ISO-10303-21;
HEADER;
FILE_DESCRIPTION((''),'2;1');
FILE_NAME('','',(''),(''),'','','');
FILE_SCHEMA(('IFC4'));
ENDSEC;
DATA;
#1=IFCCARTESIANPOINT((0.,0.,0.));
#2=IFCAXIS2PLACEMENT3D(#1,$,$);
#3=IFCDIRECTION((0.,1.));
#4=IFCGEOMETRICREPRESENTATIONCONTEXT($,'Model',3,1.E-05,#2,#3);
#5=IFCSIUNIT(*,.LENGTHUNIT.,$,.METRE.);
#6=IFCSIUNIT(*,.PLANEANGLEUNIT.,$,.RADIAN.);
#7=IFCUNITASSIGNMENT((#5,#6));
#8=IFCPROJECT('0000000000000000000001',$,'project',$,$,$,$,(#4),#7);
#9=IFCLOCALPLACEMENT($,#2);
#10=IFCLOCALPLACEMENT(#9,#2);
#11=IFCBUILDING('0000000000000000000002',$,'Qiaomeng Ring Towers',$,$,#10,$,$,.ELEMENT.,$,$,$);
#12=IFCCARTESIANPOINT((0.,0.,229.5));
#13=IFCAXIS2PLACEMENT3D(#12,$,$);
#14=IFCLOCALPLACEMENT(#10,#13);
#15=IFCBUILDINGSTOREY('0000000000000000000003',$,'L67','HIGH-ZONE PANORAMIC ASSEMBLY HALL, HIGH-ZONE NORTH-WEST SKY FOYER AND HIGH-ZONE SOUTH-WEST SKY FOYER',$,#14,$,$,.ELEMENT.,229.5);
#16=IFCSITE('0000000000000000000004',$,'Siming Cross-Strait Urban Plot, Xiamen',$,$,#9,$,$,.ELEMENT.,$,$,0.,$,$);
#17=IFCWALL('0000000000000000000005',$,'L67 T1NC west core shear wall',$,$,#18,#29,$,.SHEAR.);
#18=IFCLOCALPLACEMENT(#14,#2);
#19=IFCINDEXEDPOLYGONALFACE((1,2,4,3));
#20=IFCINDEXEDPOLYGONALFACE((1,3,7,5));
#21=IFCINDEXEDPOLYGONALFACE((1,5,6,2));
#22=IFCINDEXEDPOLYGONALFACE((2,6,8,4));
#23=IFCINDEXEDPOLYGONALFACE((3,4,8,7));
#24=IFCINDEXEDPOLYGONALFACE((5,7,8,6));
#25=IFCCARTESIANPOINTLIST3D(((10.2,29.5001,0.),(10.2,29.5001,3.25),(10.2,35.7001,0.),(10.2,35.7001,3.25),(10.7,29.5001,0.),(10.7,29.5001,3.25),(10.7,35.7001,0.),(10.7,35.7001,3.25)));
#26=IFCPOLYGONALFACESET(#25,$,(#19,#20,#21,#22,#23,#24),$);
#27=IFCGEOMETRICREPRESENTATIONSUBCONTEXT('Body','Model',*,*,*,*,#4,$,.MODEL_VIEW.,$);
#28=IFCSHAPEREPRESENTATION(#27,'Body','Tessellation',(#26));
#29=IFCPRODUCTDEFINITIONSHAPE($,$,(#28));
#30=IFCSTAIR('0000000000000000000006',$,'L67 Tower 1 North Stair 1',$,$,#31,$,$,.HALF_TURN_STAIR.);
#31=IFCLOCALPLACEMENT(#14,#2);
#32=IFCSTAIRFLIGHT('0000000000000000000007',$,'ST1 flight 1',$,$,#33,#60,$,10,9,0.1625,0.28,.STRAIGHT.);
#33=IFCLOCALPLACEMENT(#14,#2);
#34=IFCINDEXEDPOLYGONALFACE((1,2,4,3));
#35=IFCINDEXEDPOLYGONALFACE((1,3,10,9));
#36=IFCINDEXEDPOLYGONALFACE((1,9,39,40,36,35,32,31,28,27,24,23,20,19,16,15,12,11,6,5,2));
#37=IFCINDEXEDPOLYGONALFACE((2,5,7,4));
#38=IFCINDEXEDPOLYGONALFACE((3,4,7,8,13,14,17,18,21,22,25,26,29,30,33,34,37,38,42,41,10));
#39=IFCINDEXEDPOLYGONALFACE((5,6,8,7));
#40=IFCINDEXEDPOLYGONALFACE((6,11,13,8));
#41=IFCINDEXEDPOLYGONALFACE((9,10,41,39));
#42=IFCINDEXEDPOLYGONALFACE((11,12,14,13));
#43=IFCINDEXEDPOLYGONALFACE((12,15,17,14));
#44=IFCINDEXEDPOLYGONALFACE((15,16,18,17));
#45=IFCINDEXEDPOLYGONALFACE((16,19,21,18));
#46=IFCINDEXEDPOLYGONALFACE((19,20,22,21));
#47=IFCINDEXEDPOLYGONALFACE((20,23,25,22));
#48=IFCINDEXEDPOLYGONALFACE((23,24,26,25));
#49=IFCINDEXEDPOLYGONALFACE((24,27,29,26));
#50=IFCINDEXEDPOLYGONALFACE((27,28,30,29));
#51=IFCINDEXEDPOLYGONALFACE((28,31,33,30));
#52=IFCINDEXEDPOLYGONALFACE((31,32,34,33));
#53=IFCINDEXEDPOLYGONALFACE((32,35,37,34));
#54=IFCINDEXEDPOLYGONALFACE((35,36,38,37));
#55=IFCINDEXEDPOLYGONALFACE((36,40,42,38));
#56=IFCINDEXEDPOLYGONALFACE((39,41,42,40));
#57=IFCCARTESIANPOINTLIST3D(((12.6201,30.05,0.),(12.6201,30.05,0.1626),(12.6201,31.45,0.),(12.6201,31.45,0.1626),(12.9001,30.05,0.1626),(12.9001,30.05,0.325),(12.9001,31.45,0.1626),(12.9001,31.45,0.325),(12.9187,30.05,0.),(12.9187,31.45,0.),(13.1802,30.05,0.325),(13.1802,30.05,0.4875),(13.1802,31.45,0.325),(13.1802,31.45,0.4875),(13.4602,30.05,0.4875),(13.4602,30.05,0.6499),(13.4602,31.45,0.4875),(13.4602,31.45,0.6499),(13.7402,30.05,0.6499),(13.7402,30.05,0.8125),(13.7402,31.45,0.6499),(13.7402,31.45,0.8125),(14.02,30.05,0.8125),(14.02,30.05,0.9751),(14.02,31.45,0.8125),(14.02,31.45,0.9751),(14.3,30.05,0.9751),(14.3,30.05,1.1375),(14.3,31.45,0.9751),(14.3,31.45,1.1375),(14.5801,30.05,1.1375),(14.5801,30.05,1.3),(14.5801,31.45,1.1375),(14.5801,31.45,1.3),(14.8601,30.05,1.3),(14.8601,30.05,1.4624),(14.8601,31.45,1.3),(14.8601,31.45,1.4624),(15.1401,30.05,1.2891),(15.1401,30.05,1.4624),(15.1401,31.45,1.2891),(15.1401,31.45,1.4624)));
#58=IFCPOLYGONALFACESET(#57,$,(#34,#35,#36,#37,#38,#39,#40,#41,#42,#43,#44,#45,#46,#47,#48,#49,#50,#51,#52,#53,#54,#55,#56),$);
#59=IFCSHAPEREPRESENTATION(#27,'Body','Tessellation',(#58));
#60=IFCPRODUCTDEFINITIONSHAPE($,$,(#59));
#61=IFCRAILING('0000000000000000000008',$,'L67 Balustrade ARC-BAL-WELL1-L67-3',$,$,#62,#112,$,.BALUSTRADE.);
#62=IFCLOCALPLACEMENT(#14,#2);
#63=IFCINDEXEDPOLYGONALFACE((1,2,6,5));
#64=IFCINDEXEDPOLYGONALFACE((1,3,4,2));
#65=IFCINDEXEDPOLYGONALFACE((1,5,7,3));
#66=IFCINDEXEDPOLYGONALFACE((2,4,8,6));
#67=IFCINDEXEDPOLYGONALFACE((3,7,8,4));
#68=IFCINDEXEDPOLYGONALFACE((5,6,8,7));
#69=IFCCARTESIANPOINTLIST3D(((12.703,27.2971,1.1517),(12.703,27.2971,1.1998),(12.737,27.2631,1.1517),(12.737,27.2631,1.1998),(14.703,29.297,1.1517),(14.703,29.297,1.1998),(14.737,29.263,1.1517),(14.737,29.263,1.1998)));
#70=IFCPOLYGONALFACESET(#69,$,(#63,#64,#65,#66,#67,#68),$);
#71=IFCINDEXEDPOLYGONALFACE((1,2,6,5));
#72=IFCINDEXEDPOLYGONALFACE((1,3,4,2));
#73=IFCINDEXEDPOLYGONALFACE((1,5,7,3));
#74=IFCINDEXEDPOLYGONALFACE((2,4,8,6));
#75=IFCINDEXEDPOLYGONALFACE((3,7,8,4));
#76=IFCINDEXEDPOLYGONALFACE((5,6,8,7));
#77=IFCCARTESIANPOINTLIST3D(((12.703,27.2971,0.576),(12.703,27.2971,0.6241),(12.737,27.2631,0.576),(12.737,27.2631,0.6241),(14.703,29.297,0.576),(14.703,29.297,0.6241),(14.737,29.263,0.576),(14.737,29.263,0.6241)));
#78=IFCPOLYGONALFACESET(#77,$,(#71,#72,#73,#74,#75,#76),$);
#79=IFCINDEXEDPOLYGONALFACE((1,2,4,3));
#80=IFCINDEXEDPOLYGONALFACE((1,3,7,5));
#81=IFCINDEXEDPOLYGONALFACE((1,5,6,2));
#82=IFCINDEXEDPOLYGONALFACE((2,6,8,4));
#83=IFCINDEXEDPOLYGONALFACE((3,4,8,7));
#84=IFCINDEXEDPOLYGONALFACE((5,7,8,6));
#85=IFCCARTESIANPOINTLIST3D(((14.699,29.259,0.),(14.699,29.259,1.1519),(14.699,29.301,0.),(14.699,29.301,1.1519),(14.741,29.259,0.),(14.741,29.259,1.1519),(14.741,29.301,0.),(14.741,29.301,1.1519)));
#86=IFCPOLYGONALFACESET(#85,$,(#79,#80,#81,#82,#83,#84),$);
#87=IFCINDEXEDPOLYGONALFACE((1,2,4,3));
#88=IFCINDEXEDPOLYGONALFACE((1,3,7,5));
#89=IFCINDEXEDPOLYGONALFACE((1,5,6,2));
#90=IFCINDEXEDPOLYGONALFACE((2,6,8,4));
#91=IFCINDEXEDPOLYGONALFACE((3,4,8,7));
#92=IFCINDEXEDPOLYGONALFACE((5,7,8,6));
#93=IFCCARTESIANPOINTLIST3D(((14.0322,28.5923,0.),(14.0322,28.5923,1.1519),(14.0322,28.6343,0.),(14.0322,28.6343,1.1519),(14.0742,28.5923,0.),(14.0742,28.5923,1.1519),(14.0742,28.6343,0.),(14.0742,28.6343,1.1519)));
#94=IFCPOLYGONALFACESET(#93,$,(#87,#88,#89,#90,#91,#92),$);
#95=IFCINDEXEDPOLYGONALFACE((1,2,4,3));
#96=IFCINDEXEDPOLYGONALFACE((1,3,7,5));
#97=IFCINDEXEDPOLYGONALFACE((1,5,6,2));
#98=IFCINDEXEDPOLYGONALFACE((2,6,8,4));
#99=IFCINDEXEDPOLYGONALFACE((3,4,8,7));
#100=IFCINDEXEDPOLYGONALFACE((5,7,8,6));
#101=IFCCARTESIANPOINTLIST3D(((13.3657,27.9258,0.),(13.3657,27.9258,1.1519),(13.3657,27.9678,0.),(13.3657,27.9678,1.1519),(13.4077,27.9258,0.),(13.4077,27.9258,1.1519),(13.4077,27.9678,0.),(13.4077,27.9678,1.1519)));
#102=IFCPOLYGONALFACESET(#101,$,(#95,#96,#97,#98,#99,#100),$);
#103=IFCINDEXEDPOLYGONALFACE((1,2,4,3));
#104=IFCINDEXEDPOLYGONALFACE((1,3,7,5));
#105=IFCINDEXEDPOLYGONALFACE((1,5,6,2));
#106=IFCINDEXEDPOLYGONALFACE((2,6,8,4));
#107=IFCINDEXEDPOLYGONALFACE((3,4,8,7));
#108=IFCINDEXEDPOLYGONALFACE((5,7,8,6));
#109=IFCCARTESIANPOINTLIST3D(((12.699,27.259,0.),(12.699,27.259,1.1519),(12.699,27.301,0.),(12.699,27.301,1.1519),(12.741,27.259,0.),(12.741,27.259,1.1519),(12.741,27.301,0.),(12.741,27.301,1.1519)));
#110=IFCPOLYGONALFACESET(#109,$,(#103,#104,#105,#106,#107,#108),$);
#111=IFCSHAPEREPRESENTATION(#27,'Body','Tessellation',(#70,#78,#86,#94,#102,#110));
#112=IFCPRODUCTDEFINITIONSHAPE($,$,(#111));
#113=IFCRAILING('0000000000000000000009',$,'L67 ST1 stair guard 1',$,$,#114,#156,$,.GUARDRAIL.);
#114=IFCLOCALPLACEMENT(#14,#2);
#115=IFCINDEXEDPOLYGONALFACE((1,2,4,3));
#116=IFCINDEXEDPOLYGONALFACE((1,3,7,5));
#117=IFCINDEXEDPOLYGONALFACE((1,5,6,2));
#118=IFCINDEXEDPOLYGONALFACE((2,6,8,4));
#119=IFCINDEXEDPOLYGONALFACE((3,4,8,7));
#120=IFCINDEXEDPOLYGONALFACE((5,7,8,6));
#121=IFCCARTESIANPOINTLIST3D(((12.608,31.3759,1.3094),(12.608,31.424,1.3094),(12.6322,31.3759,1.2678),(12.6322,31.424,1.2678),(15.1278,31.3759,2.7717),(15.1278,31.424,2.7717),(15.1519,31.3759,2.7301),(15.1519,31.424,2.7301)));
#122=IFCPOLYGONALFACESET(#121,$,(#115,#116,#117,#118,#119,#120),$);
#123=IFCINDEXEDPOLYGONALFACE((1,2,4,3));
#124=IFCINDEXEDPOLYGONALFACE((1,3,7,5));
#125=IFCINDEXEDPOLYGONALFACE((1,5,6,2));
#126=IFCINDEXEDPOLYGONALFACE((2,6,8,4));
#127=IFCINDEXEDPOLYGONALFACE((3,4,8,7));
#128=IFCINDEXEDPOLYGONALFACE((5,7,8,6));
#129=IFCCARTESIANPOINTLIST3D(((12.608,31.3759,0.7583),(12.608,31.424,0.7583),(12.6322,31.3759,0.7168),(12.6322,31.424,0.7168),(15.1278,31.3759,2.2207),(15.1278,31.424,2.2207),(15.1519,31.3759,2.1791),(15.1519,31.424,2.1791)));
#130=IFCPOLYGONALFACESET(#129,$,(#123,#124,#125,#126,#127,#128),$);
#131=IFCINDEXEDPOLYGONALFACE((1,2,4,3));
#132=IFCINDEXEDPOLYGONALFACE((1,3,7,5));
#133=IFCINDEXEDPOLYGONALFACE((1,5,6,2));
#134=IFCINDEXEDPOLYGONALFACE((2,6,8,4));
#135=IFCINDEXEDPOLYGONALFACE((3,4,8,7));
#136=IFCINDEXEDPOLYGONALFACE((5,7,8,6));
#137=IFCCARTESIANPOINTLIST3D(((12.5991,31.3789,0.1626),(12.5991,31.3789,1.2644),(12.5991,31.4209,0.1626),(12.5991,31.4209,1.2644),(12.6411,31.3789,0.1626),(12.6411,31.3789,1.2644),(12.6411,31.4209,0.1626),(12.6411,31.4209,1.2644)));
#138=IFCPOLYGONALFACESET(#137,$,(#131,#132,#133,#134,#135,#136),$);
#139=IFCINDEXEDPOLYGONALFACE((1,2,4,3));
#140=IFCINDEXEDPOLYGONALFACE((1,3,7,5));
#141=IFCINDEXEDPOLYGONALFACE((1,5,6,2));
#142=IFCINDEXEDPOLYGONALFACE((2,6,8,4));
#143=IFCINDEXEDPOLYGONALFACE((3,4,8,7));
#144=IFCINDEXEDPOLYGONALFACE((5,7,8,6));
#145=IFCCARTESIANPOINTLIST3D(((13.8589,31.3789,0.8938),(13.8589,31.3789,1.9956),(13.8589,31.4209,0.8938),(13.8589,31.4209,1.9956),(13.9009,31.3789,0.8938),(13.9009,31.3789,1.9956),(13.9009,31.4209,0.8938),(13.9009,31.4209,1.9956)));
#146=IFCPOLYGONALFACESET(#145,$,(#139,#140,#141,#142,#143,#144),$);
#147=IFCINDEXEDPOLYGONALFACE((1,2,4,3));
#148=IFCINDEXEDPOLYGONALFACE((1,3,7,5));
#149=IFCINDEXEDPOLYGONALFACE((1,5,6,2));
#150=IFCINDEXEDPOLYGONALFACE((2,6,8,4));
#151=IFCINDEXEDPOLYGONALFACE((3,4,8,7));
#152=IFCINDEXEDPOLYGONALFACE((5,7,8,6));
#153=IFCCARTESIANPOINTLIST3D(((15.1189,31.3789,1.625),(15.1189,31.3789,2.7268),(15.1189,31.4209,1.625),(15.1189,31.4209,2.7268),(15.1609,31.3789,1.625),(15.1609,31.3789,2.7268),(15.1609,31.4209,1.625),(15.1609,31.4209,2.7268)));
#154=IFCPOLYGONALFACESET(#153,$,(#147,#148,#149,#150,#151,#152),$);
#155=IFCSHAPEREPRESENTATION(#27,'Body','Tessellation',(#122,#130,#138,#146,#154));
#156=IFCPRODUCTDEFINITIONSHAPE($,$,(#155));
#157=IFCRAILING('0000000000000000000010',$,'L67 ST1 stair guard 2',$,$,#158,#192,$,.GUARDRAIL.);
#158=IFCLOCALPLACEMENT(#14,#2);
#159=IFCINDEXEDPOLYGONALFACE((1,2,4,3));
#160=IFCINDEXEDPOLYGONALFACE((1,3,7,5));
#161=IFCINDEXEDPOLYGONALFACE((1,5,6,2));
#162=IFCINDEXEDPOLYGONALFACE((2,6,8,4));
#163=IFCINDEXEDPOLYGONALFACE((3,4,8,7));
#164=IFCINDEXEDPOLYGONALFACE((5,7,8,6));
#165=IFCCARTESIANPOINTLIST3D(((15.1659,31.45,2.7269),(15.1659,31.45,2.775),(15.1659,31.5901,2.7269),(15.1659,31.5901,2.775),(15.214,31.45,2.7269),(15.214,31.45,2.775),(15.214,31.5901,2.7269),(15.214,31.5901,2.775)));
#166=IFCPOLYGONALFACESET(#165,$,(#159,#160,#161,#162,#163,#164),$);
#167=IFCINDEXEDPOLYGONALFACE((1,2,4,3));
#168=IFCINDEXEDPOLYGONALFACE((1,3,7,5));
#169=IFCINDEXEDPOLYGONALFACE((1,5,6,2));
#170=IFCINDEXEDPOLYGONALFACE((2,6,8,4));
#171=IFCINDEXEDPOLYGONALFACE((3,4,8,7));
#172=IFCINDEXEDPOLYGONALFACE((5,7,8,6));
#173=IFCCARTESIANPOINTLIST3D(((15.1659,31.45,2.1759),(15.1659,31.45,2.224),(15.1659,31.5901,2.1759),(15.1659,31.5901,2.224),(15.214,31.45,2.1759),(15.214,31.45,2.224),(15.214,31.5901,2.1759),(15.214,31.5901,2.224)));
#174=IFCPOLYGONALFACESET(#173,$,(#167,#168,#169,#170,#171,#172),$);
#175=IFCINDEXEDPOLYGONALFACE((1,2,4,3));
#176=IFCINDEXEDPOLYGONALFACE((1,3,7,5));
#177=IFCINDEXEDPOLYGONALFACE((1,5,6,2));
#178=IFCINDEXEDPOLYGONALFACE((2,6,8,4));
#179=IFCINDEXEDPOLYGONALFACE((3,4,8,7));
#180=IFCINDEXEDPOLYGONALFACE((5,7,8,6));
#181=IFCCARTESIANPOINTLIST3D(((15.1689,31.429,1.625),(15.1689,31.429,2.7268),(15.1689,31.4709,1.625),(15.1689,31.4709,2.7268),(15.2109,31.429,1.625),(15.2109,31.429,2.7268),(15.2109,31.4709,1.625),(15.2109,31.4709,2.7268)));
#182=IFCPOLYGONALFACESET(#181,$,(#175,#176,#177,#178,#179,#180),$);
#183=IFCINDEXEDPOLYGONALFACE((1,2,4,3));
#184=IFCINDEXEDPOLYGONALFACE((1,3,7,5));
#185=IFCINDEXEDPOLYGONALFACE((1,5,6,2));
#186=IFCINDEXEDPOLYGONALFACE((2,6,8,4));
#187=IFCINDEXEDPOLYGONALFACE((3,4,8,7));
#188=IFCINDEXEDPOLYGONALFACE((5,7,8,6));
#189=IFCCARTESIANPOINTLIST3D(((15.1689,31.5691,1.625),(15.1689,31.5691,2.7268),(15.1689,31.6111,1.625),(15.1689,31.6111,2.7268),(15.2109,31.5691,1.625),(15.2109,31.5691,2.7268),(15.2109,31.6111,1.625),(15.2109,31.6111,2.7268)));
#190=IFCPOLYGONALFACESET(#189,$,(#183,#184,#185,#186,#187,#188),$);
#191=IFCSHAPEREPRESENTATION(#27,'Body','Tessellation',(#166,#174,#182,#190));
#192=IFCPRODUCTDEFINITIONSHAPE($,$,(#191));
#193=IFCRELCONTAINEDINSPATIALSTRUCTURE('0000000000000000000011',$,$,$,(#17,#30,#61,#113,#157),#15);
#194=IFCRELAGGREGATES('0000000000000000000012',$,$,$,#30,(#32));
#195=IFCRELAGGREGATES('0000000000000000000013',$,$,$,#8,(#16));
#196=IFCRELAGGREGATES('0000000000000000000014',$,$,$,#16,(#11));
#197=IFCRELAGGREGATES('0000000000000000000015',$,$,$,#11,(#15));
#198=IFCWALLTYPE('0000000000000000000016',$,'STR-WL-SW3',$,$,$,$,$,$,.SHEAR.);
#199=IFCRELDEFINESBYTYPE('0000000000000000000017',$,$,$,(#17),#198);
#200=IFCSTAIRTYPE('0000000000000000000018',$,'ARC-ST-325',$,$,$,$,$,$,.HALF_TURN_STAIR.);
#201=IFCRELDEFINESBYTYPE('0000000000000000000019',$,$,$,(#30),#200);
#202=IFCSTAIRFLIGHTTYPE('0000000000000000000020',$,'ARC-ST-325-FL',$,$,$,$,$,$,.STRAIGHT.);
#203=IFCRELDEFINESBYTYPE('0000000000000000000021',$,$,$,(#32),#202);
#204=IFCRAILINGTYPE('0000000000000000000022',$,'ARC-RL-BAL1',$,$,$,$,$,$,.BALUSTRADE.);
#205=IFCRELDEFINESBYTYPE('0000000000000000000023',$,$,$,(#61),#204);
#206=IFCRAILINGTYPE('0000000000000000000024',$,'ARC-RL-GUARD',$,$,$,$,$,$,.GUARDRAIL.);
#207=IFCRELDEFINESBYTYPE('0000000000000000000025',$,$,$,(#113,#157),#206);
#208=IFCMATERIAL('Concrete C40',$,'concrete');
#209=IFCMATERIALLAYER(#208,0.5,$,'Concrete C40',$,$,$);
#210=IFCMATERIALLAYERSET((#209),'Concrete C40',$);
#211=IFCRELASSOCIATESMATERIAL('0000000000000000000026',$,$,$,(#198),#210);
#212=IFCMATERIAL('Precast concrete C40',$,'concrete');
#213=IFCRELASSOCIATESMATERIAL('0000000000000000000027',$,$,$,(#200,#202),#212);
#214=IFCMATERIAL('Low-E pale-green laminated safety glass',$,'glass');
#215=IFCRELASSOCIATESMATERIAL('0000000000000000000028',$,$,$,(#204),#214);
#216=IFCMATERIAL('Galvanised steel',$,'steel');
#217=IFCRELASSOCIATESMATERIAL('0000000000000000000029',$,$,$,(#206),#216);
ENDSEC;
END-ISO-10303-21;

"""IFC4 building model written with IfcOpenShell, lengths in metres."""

from ifc_helpers import new_model, si_unit, direction, frame, frame_2d, origin, origin_2d, place, context, subcontext, project, spatial, polyline, rectangle, outline, extrude, source, transform, mapped, material, layer, layer_set, type_object, element, aggregate, save


model = new_model("IFC4")

# Units and contexts
model_context = context("Model", 3, precision=1e-05, world=origin(), true_north=direction((0.0, 1.0)))
body_context = subcontext(model_context, "Body", "Model", "MODEL_VIEW")
ifc_project = project(units=[si_unit("LENGTHUNIT", "METRE"), si_unit("PLANEANGLEUNIT", "RADIAN")], contexts=[model_context])

# Site, building, storey
site_placement = place(None, origin())
site = spatial("IfcSite", under=ifc_project, at=site_placement, Name="Siming Cross-Strait Urban Plot, Xiamen", CompositionType="ELEMENT", RefElevation=0.0)
building_placement = place(site_placement, origin())
building = spatial("IfcBuilding", under=site, at=building_placement, Name="Qiaomeng Ring Towers", CompositionType="ELEMENT")
storey_placement = place(building_placement, frame((0.0, 0.0, 229.5)))
storey = spatial("IfcBuildingStorey", under=building, at=storey_placement, Name="L67", Description="HIGH-ZONE PANORAMIC ASSEMBLY HALL, HIGH-ZONE NORTH-WEST SKY FOYER AND HIGH-ZONE SOUTH-WEST SKY FOYER", CompositionType="ELEMENT", Elevation=229.5)

# Shared definitions
ifc_material_1 = material(Name="Concrete C40", Category="concrete")

# Wall
ifc_layer_1 = layer(ifc_material_1, 0.5, Name="Concrete C40")
ifc_layer_set_1 = layer_set([ifc_layer_1], Name="Concrete C40")
wall_type_1 = type_object("IfcWallType", Name="STR-WL-SW3", PredefinedType="SHEAR", material=ifc_layer_set_1)
wall_1_placement = place(storey_placement, frame((10.45, 29.5, 0.0), z_axis=(0.0, 0.0, 1.0), x_axis=(0.0, 1.0, 0.0)))
element("IfcWall", 1, at=wall_1_placement, inside=storey, type_object=wall_type_1, Name="L67 T1NC west core shear wall", PredefinedType="SHEAR", context=body_context, shape_type="SweptSolid", body=[
    extrude(rectangle(XDim=6.2, YDim=0.5, at=frame_2d((3.1001, 0.0))), origin(), (0.0, 0.0, 1.0), 3.25),
])

# Stair, stair flight
ifc_material_2 = material(Name="Precast concrete C40", Category="concrete")
stair_type = type_object("IfcStairType", Name="ARC-ST-325", PredefinedType="HALF_TURN_STAIR", material=ifc_material_2)
stair_placement = place(storey_placement, origin())
stair = element("IfcStair", 2, at=stair_placement, inside=storey, type_object=stair_type, Name="L67 Tower 1 North Stair 1", PredefinedType="HALF_TURN_STAIR")
stair_flight_type = type_object("IfcStairFlightType", Name="ARC-ST-325-FL", PredefinedType="STRAIGHT", material=ifc_material_2)
shared_shape_1 = source(origin(), body_context, "Body", "SweptSolid", [
    extrude(outline(polyline([(0.0, 0.0), (0.0, 0.1626), (0.28, 0.1626), (0.28, 0.325), (0.5601, 0.325), (0.5601, 0.4875), (0.8401, 0.4875), (0.8401, 0.6499), (1.1201, 0.6499), (1.1201, 0.8125), (1.3999, 0.8125), (1.3999, 0.9751), (1.6799, 0.9751), (1.6799, 1.1375), (1.96, 1.1375), (1.96, 1.3), (2.24, 1.3), (2.24, 1.4624), (2.52, 1.4624), (2.52, 1.625), (2.52, 1.2891), (0.2986, 0.0), (0.0, 0.0)])), frame((0.0, 0.7, 0.0), z_axis=(0.0, -1.0, 0.0), x_axis=(1.0, 0.0, 0.0)), (0.0, 0.0, 1.0), 1.3999),
])
stair_flight_placement = place(storey_placement, frame((12.6201, 30.75, 0.0), z_axis=(0.0, 0.0, 1.0), x_axis=(1.0, 0.0, 0.0)))
stair_flight = element("IfcStairFlight", 3, at=stair_flight_placement, type_object=stair_flight_type, Name="ST1 flight 1", NumberOfRisers=10, NumberOfTreads=9, PredefinedType="STRAIGHT", RiserHeight=0.1625, TreadLength=0.28, context=body_context, shape_type="MappedRepresentation", body=[
    mapped(shared_shape_1, transform((0.0, 0.0, 0.0), x_axis=(1.0, 0.0, 0.0), y_axis=(0.0, 1.0, 0.0), z_axis=(0.0, 0.0, 1.0), scale=1.0)),
])
aggregate(stair, [stair_flight])

# Railings
ifc_material_3 = material(Name="Low-E pale-green laminated safety glass", Category="glass")
railing_type_1 = type_object("IfcRailingType", Name="ARC-RL-BAL1", PredefinedType="BALUSTRADE", material=ifc_material_3)
railing_1_placement = place(storey_placement, frame((14.72, 29.28, 0.0)))
element("IfcRailing", 4, at=railing_1_placement, inside=storey, type_object=railing_type_1, Name="L67 Balustrade ARC-BAL-WELL1-L67-3", PredefinedType="BALUSTRADE", context=body_context, shape_type="SweptSolid", body=[
    extrude(rectangle(XDim=0.0481, YDim=0.0481, at=origin_2d()), frame((0.0, 0.0, 1.1758), z_axis=(-0.707107, -0.707107, 0.0), x_axis=(0.707107, -0.707107, 0.0)), (0.0, 0.0, 1.0), 2.8284),
    extrude(rectangle(XDim=0.0481, YDim=0.0481, at=origin_2d()), frame((0.0, 0.0, 0.6001), z_axis=(-0.707107, -0.707107, 0.0), x_axis=(0.707107, -0.707107, 0.0)), (0.0, 0.0, 1.0), 2.8284),
    extrude(rectangle(XDim=0.042, YDim=0.042, at=origin_2d()), origin(), (0.0, 0.0, 1.0), 1.1519),
    extrude(rectangle(XDim=0.042, YDim=0.042, at=origin_2d()), frame((-0.6667, -0.6667, 0.0)), (0.0, 0.0, 1.0), 1.1519),
    extrude(rectangle(XDim=0.042, YDim=0.042, at=origin_2d()), frame((-1.3333, -1.3333, 0.0)), (0.0, 0.0, 1.0), 1.1519),
    extrude(rectangle(XDim=0.042, YDim=0.042, at=origin_2d()), frame((-2.0, -2.0, 0.0)), (0.0, 0.0, 1.0), 1.1519),
])
ifc_material_4 = material(Name="Galvanised steel", Category="steel")
railing_type_2 = type_object("IfcRailingType", Name="ARC-RL-GUARD", PredefinedType="GUARDRAIL", material=ifc_material_4)
railing_2_placement = place(storey_placement, frame((12.6201, 31.3999, 0.1626)))
element("IfcRailing", 5, at=railing_2_placement, inside=storey, type_object=railing_type_2, Name="L67 ST1 stair guard 1", PredefinedType="GUARDRAIL", context=body_context, shape_type="SweptSolid", body=[
    extrude(rectangle(XDim=0.0481, YDim=0.0481, at=origin_2d()), frame((0.0, 0.0, 1.126), z_axis=(0.864892, 0.0, 0.501958), x_axis=(0.0, 1.0, 0.0)), (0.0, 0.0, 1.0), 2.9133),
    extrude(rectangle(XDim=0.0481, YDim=0.0481, at=origin_2d()), frame((0.0, 0.0, 0.575), z_axis=(0.864892, 0.0, 0.501958), x_axis=(0.0, 1.0, 0.0)), (0.0, 0.0, 1.0), 2.9133),
    extrude(rectangle(XDim=0.042, YDim=0.042, at=origin_2d()), origin(), (0.0, 0.0, 1.0), 1.1018),
    extrude(rectangle(XDim=0.042, YDim=0.042, at=origin_2d()), frame((1.2598, 0.0, 0.7312)), (0.0, 0.0, 1.0), 1.1018),
    extrude(rectangle(XDim=0.042, YDim=0.042, at=origin_2d()), frame((2.5198, 0.0, 1.4624)), (0.0, 0.0, 1.0), 1.1018),
])
for number, where, name in (
    (6, (15.1899, 31.45, 1.625), "L67 ST1 stair guard 2"),
):
    element("IfcRailing", number, at=place(storey_placement, frame(where)), inside=storey, type_object=railing_type_2, Name=name, PredefinedType="GUARDRAIL", context=body_context, shape_type="SweptSolid", body=[
        extrude(rectangle(XDim=0.0481, YDim=0.0481, at=origin_2d()), frame((0.0, 0.0, 1.126), z_axis=(0.0, 1.0, 0.0), x_axis=(-1.0, 0.0, 0.0)), (0.0, 0.0, 1.0), 0.1401),
        extrude(rectangle(XDim=0.0481, YDim=0.0481, at=origin_2d()), frame((0.0, 0.0, 0.575), z_axis=(0.0, 1.0, 0.0), x_axis=(-1.0, 0.0, 0.0)), (0.0, 0.0, 1.0), 0.1401),
        extrude(rectangle(XDim=0.042, YDim=0.042, at=origin_2d()), origin(), (0.0, 0.0, 1.0), 1.1018),
        extrude(rectangle(XDim=0.042, YDim=0.042, at=origin_2d()), frame((0.0, 0.1401, 0.0)), (0.0, 0.0, 1.0), 1.1018),
    ])

save(model, "model.ifc")
